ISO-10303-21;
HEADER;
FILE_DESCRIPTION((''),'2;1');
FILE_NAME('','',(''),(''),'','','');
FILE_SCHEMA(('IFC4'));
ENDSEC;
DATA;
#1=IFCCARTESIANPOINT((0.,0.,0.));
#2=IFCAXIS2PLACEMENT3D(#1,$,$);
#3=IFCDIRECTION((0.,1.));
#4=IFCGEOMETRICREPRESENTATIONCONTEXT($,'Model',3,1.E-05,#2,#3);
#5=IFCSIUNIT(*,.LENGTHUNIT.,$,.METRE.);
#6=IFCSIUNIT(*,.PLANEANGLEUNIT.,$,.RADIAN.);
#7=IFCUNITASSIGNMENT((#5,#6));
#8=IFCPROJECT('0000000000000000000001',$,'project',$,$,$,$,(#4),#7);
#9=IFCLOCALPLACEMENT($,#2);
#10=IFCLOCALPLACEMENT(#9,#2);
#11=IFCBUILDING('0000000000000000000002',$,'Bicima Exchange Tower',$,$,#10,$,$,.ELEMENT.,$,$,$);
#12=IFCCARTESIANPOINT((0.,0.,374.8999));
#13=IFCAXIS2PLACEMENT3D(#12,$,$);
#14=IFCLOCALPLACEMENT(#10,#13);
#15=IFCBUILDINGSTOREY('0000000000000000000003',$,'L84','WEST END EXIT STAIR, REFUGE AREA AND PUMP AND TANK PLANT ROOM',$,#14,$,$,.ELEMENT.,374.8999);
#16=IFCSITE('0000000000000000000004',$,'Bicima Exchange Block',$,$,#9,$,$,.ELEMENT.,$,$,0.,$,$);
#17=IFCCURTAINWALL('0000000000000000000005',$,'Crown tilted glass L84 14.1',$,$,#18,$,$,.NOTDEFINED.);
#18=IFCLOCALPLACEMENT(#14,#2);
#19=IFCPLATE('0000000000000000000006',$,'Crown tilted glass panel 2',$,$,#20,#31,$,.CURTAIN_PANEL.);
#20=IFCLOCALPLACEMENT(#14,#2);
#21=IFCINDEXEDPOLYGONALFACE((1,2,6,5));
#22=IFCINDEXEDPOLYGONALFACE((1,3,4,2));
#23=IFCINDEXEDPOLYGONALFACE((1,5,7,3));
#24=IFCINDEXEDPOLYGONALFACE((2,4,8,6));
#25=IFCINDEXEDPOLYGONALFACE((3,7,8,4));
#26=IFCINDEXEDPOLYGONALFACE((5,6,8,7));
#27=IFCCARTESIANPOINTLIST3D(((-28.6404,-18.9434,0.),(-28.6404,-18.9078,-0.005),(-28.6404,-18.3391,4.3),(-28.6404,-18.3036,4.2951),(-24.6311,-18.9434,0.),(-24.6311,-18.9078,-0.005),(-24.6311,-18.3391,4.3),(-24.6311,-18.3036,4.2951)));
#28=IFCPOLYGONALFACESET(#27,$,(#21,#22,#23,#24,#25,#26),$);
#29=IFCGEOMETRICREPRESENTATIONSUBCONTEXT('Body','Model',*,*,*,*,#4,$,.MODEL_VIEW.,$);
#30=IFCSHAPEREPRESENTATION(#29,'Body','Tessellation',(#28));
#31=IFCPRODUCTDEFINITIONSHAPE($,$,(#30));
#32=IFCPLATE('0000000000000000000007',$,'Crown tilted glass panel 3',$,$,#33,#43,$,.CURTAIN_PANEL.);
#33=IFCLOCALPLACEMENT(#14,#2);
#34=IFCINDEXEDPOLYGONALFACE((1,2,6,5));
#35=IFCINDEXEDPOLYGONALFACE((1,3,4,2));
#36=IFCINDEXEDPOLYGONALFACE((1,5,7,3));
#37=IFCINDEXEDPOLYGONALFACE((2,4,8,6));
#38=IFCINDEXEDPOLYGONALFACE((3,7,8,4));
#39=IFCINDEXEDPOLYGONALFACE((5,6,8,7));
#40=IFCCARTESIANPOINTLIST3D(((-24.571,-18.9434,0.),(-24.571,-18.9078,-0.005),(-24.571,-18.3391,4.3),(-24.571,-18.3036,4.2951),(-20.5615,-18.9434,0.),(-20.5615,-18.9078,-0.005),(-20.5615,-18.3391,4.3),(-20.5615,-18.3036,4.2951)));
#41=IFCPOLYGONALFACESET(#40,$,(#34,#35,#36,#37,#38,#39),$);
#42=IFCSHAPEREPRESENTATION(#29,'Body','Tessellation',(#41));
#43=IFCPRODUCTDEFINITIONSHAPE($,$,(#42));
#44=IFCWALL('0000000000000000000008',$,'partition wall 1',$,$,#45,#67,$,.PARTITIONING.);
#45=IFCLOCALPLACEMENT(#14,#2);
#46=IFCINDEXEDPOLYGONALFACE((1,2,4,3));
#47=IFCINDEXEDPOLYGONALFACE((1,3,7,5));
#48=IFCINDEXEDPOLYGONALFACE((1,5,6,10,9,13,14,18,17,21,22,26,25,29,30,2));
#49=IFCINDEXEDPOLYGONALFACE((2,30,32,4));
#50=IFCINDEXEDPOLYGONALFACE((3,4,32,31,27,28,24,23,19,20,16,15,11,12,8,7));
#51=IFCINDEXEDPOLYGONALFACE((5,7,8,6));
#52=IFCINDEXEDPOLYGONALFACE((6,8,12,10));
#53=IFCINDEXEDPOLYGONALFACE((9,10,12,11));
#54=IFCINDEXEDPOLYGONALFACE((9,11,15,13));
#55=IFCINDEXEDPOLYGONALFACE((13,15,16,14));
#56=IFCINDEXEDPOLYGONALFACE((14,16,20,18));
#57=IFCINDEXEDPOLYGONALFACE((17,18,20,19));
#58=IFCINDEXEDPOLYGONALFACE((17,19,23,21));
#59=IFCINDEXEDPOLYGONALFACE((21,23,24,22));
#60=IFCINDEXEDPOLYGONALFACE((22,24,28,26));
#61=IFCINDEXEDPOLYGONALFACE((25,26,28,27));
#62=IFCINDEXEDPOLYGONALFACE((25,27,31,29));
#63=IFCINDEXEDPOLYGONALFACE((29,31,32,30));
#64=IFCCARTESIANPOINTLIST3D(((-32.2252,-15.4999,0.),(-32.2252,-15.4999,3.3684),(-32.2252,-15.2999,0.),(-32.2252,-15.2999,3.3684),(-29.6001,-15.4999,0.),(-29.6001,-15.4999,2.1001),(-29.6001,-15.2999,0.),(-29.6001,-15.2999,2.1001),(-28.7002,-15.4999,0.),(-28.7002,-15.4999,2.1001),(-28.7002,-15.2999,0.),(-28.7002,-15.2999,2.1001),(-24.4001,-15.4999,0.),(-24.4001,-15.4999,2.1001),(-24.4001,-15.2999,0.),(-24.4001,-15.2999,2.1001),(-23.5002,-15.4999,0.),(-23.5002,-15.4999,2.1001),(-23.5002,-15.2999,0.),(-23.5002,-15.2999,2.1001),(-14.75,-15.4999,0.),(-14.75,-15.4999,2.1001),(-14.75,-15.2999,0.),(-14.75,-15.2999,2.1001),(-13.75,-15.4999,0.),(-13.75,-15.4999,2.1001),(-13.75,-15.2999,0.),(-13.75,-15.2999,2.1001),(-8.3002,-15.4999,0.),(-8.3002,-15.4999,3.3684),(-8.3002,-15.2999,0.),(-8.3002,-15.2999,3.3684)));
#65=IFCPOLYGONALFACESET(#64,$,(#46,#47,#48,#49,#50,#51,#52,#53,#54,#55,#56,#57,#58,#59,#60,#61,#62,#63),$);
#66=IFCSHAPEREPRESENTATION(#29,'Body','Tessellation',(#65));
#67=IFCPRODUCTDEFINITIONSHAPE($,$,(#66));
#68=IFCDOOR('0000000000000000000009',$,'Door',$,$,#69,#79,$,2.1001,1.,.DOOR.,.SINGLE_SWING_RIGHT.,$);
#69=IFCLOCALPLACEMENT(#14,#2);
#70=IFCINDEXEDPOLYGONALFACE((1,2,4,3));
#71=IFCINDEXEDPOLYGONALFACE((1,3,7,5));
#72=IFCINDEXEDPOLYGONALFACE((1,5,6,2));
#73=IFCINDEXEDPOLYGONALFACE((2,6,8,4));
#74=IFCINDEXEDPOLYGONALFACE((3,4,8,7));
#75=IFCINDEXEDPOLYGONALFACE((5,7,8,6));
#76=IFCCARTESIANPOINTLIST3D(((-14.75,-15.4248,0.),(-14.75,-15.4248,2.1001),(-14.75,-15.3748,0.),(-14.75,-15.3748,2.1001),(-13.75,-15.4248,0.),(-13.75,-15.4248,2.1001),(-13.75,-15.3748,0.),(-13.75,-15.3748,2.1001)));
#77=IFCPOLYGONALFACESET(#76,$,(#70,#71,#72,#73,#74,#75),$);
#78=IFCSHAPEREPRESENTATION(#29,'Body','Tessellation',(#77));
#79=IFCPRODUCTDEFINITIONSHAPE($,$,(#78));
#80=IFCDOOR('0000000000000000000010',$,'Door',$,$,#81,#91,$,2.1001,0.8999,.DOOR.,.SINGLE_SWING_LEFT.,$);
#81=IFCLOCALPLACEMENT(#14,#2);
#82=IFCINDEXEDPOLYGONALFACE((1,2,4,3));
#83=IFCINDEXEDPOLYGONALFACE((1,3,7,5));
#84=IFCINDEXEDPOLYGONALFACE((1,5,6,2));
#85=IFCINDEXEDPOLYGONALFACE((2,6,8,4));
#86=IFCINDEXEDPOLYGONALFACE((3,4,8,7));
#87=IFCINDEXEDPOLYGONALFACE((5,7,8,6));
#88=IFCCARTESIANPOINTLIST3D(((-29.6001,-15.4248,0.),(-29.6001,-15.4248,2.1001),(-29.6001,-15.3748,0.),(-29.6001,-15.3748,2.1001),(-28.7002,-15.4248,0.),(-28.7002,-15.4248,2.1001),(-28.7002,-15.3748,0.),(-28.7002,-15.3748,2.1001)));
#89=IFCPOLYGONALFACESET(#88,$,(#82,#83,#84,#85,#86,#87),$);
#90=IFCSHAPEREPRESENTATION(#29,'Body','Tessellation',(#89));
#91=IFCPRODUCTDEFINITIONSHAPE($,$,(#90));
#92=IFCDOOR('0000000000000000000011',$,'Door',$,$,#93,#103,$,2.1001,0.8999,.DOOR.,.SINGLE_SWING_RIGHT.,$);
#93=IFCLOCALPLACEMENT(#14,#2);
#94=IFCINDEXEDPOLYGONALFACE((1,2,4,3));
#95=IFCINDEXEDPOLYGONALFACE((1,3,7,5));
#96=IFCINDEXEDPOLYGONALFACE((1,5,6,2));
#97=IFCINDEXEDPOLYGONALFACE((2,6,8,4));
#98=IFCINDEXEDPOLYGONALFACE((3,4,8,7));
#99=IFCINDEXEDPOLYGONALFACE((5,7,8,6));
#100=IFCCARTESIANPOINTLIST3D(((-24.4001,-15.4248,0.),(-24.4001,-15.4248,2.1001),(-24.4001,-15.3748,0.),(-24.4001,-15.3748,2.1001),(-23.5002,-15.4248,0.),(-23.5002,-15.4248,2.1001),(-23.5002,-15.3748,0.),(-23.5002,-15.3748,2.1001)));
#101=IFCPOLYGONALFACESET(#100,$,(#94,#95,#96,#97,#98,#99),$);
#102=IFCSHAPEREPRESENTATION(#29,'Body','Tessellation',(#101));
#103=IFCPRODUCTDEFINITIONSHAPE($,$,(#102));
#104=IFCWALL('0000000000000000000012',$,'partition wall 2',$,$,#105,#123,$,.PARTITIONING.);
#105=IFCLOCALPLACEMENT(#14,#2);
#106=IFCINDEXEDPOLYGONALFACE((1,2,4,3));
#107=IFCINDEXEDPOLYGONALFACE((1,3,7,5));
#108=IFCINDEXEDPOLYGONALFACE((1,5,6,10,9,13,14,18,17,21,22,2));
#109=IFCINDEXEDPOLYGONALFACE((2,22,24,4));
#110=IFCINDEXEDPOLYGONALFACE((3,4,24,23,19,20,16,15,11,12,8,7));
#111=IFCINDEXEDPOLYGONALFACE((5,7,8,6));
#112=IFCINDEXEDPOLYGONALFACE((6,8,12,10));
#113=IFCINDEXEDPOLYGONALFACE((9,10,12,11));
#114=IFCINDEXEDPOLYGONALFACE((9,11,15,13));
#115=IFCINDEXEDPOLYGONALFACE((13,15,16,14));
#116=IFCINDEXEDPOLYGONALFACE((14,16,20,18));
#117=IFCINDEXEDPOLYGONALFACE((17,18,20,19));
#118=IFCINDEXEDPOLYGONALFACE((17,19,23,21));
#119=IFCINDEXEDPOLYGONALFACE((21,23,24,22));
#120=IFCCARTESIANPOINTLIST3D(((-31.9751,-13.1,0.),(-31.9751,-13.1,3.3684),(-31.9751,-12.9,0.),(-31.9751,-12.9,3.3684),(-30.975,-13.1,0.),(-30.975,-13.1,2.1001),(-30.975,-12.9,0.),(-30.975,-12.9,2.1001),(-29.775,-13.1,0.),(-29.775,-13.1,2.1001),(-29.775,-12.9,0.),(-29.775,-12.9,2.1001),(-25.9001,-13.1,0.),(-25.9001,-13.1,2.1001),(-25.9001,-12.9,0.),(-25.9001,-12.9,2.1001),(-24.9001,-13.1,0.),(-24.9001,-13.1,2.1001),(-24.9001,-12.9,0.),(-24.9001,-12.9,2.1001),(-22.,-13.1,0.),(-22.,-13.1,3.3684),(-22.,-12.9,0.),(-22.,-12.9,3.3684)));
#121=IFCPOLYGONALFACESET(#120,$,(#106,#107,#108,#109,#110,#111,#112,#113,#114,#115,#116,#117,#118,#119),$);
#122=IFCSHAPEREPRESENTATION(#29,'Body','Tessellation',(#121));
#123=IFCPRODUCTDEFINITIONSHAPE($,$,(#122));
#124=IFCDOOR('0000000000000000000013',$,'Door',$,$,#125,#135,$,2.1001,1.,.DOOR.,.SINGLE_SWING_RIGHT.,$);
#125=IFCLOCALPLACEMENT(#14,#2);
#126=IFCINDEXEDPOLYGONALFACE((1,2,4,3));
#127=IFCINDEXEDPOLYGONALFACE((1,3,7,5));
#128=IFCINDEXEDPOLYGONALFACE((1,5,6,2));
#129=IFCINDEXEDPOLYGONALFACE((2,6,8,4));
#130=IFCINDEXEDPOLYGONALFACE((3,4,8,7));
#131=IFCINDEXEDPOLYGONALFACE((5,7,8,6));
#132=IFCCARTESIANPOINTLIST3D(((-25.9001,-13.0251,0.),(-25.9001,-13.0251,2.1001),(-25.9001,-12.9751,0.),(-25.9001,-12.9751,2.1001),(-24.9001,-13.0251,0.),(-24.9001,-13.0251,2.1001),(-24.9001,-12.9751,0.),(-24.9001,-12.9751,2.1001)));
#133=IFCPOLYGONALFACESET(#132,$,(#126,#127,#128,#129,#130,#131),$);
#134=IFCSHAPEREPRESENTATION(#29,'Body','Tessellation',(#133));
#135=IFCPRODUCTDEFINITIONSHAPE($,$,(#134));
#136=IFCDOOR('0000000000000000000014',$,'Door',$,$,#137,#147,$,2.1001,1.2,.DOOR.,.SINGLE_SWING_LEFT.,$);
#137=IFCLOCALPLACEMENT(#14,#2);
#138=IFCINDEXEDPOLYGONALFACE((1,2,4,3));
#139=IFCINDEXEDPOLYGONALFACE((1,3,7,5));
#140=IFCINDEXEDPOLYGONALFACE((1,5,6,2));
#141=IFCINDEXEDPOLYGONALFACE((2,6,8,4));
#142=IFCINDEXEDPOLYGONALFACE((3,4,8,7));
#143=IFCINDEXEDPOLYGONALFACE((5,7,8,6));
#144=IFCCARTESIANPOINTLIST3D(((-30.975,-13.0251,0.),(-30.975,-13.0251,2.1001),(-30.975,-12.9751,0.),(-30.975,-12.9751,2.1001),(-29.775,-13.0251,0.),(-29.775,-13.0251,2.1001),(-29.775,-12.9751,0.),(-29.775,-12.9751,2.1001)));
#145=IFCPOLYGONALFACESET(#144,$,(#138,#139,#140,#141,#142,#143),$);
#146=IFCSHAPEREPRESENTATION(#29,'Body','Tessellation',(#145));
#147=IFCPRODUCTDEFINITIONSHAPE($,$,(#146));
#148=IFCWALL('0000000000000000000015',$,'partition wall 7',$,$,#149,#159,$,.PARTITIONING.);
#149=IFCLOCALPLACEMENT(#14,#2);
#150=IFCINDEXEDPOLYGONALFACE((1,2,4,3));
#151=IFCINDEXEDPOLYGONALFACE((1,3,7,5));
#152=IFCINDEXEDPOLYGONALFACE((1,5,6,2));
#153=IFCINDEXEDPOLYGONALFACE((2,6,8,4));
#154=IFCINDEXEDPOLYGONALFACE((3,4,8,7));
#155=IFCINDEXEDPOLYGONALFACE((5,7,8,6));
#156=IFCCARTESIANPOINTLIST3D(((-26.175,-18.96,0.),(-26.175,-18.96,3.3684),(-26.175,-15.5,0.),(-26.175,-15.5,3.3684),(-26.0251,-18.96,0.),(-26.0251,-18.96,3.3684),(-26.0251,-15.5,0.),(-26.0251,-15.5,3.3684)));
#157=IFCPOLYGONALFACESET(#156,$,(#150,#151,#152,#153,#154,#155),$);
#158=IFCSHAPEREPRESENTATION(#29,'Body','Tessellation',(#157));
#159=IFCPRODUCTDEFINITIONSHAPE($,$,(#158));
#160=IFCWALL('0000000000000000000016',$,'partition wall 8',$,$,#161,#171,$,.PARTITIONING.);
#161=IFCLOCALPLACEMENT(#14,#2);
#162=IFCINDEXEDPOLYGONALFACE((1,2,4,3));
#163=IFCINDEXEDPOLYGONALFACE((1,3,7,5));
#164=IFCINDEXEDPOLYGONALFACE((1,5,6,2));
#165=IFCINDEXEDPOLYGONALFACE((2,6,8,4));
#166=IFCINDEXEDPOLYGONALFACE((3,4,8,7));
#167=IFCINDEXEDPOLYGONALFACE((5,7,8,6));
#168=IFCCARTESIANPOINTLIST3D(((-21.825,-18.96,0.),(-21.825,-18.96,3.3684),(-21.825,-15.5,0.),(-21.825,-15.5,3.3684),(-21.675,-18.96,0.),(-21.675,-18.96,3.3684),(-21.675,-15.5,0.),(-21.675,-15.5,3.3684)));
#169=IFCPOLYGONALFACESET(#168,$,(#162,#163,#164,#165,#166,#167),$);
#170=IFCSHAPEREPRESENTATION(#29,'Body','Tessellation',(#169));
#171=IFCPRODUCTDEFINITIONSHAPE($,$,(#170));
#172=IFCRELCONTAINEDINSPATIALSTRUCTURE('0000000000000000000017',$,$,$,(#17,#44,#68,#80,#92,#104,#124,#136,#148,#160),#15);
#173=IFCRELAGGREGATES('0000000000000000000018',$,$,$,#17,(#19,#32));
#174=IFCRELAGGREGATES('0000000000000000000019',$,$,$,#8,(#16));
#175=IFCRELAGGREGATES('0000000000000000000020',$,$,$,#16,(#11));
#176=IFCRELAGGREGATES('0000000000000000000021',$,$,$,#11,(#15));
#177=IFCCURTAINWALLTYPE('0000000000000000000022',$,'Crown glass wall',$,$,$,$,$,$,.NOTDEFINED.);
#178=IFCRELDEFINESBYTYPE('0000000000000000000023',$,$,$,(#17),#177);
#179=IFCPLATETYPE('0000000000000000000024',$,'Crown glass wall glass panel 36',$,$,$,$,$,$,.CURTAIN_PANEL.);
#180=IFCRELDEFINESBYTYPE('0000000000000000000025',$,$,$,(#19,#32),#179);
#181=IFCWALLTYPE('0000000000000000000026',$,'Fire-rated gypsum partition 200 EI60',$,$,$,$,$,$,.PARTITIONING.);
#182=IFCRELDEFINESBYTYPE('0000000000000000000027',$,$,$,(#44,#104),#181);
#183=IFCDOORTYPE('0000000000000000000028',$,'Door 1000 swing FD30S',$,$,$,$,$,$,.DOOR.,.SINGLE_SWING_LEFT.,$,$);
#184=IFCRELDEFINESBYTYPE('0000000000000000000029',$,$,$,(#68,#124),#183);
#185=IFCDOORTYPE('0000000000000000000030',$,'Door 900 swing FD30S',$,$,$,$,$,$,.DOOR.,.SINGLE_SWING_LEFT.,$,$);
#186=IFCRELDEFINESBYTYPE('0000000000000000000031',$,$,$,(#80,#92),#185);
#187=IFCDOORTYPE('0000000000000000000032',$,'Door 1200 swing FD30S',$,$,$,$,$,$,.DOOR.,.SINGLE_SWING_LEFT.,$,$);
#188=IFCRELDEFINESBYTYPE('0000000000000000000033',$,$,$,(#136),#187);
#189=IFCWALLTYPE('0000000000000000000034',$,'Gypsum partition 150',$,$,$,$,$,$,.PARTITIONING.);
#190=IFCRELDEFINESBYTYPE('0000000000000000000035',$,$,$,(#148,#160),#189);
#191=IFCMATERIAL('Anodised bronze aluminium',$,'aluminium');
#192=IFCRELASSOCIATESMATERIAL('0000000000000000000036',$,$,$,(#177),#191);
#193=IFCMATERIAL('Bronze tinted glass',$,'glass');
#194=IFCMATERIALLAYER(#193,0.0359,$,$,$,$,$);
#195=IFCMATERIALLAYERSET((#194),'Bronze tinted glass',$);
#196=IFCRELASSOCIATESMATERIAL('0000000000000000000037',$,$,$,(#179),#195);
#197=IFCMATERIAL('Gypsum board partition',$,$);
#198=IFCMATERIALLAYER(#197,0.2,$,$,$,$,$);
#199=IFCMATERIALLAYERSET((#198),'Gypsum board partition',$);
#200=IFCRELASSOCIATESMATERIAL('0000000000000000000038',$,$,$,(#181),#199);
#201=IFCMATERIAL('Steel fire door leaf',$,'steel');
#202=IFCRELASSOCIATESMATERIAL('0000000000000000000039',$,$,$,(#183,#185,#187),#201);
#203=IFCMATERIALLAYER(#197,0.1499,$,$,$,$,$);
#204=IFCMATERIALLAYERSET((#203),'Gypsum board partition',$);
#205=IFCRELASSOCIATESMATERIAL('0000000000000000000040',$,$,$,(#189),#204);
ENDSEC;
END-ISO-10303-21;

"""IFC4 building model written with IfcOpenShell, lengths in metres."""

from ifc_helpers import new_model, si_unit, direction, frame, frame_2d, origin, place, context, subcontext, project, spatial, polyline, rectangle, outline, extrude, material, layer, layer_set, type_object, element, fill, aggregate, save


model = new_model("IFC4")

# Units and contexts
model_context = context("Model", 3, precision=1e-05, world=origin(), true_north=direction((0.0, 1.0)))
body_context = subcontext(model_context, "Body", "Model", "MODEL_VIEW")
ifc_project = project(units=[si_unit("LENGTHUNIT", "METRE"), si_unit("PLANEANGLEUNIT", "RADIAN")], contexts=[model_context])

# Site, building, storey
site_placement = place(None, origin())
site = spatial("IfcSite", under=ifc_project, at=site_placement, Name="Bicima Exchange Block", CompositionType="ELEMENT", RefElevation=0.0)
building_placement = place(site_placement, origin())
building = spatial("IfcBuilding", under=site, at=building_placement, Name="Bicima Exchange Tower", CompositionType="ELEMENT")
storey_placement = place(building_placement, frame((0.0, 0.0, 374.8999)))
storey = spatial("IfcBuildingStorey", under=building, at=storey_placement, Name="L84", Description="WEST END EXIT STAIR, REFUGE AREA AND PUMP AND TANK PLANT ROOM", CompositionType="ELEMENT", Elevation=374.8999)

# Curtain wall
ifc_material_1 = material(Name="Anodised bronze aluminium", Category="aluminium")
curtain_wall_type = type_object("IfcCurtainWallType", Name="Crown glass wall", PredefinedType="NOTDEFINED", material=ifc_material_1)
curtain_wall_placement = place(storey_placement, origin())
curtain_wall = element("IfcCurtainWall", 1, at=curtain_wall_placement, inside=storey, type_object=curtain_wall_type, Name="Crown tilted glass L84 14.1", PredefinedType="NOTDEFINED")

# Plates
ifc_material_2 = material(Name="Bronze tinted glass", Category="glass")
ifc_layer_1 = layer(ifc_material_2, 0.0359)
ifc_layer_set_1 = layer_set([ifc_layer_1], Name="Bronze tinted glass")
plate_type = type_object("IfcPlateType", Name="Crown glass wall glass panel 36", PredefinedType="CURTAIN_PANEL", material=ifc_layer_set_1)
plate_1_placement = place(storey_placement, frame((-28.6404, -18.9434, 0.0), z_axis=(0.0, -0.990271, 0.139154), x_axis=(1.0, 0.0, 0.0)))
plate_1 = element("IfcPlate", 2, at=plate_1_placement, type_object=plate_type, Name="Crown tilted glass panel 2", PredefinedType="CURTAIN_PANEL", context=body_context, shape_type="SweptSolid", body=[
    extrude(outline(polyline([(0.0, 0.0), (4.0093, 0.0), (4.0093, 4.3423), (0.0, 4.3423), (0.0, 0.0)])), origin(), (0.0, 0.0, -1.0), 0.0359),
])
plate_2_placement = place(storey_placement, frame((-24.571, -18.9434, 0.0), z_axis=(0.0, -0.990271, 0.139154), x_axis=(1.0, 0.0, 0.0)))
plate_2 = element("IfcPlate", 3, at=plate_2_placement, type_object=plate_type, Name="Crown tilted glass panel 3", PredefinedType="CURTAIN_PANEL", context=body_context, shape_type="SweptSolid", body=[
    extrude(outline(polyline([(0.0, 0.0), (4.0095, 0.0), (4.0095, 4.3423), (0.0, 4.3423), (0.0, 0.0)])), origin(), (0.0, 0.0, -1.0), 0.0359),
])
aggregate(curtain_wall, [plate_1, plate_2])

# Walls, openings, doors
ifc_material_3 = material(Name="Gypsum board partition")
ifc_layer_2 = layer(ifc_material_3, 0.2)
ifc_layer_set_2 = layer_set([ifc_layer_2], Name="Gypsum board partition")
wall_type_1 = type_object("IfcWallType", Name="Fire-rated gypsum partition 200 EI60", PredefinedType="PARTITIONING", material=ifc_layer_set_2)
wall_1_placement = place(storey_placement, frame((-32.2251, -15.3999, 0.0), z_axis=(0.0, 0.0, 1.0), x_axis=(1.0, 0.0, 0.0)))
wall_1 = element("IfcWall", 4, at=wall_1_placement, inside=storey, type_object=wall_type_1, Name="partition wall 1", PredefinedType="PARTITIONING", context=body_context, shape_type="SweptSolid", body=[
    extrude(rectangle(XDim=23.925, YDim=0.2, at=frame_2d((11.9624, 0.0))), origin(), (0.0, 0.0, 1.0), 3.3684),
])
opening_1_placement = place(wall_1_placement, frame((2.625, 0.0, 0.0)))
opening_1 = element("IfcOpeningElement", 5, at=opening_1_placement, cuts=wall_1, PredefinedType="OPENING", context=body_context, shape_type="SweptSolid", body=[
    extrude(rectangle(XDim=0.8999, YDim=2.1001, at=frame_2d((0.45, 1.05))), frame((0.0, 0.1118, 0.0), z_axis=(0.0, -1.0, 0.0), x_axis=(1.0, 0.0, 0.0)), (0.0, 0.0, 1.0), 0.2239),
])
opening_2_placement = place(wall_1_placement, frame((7.825, 0.0, 0.0)))
opening_2 = element("IfcOpeningElement", 6, at=opening_2_placement, cuts=wall_1, PredefinedType="OPENING", context=body_context, shape_type="SweptSolid", body=[
    extrude(rectangle(XDim=0.8999, YDim=2.1001, at=frame_2d((0.45, 1.05))), frame((0.0, 0.1118, 0.0), z_axis=(0.0, -1.0, 0.0), x_axis=(1.0, 0.0, 0.0)), (0.0, 0.0, 1.0), 0.2239),
])
opening_3_placement = place(wall_1_placement, frame((17.4751, 0.0, 0.0)))
opening_3 = element("IfcOpeningElement", 7, at=opening_3_placement, cuts=wall_1, PredefinedType="OPENING", context=body_context, shape_type="SweptSolid", body=[
    extrude(rectangle(XDim=1.0, YDim=2.1001, at=frame_2d((0.5, 1.05))), frame((0.0, 0.1118, 0.0), z_axis=(0.0, -1.0, 0.0), x_axis=(1.0, 0.0, 0.0)), (0.0, 0.0, 1.0), 0.2239),
])
ifc_material_4 = material(Name="Steel fire door leaf", Category="steel")
door_type_1 = type_object("IfcDoorType", Name="Door 1000 swing FD30S", OperationType="SINGLE_SWING_LEFT", PredefinedType="DOOR", material=ifc_material_4)
door_1_placement = place(opening_3_placement, frame((1.0, 0.0, 0.0), z_axis=(0.0, 0.0, 1.0), x_axis=(-1.0, 0.0, 0.0)))
door_1 = element("IfcDoor", 8, at=door_1_placement, inside=storey, type_object=door_type_1, Name="Door", OperationType="SINGLE_SWING_RIGHT", OverallHeight=2.1001, OverallWidth=1.0, PredefinedType="DOOR", context=body_context, shape_type="SweptSolid", body=[
    extrude(rectangle(XDim=1.0, YDim=2.1001, at=frame_2d((0.5, 1.05))), frame((0.0, 0.0249, 0.0), z_axis=(0.0, -1.0, 0.0), x_axis=(1.0, 0.0, 0.0)), (0.0, 0.0, 1.0), 0.05),
])
fill(opening_3, door_1)
door_type_2 = type_object("IfcDoorType", Name="Door 900 swing FD30S", OperationType="SINGLE_SWING_LEFT", PredefinedType="DOOR", material=ifc_material_4)
door_2_placement = place(opening_1_placement, frame((0.8999, 0.0, 0.0), z_axis=(0.0, 0.0, 1.0), x_axis=(-1.0, 0.0, 0.0)))
door_2 = element("IfcDoor", 9, at=door_2_placement, inside=storey, type_object=door_type_2, Name="Door", OperationType="SINGLE_SWING_LEFT", OverallHeight=2.1001, OverallWidth=0.8999, PredefinedType="DOOR", context=body_context, shape_type="SweptSolid", body=[
    extrude(rectangle(XDim=0.8999, YDim=2.1001, at=frame_2d((0.45, 1.05))), frame((0.0, 0.0249, 0.0), z_axis=(0.0, -1.0, 0.0), x_axis=(1.0, 0.0, 0.0)), (0.0, 0.0, 1.0), 0.05),
])
fill(opening_1, door_2)
door_3_placement = place(opening_2_placement, frame((0.8999, 0.0, 0.0), z_axis=(0.0, 0.0, 1.0), x_axis=(-1.0, 0.0, 0.0)))
door_3 = element("IfcDoor", 10, at=door_3_placement, inside=storey, type_object=door_type_2, Name="Door", OperationType="SINGLE_SWING_RIGHT", OverallHeight=2.1001, OverallWidth=0.8999, PredefinedType="DOOR", context=body_context, shape_type="SweptSolid", body=[
    extrude(rectangle(XDim=0.8999, YDim=2.1001, at=frame_2d((0.45, 1.05))), frame((0.0, 0.0249, 0.0), z_axis=(0.0, -1.0, 0.0), x_axis=(1.0, 0.0, 0.0)), (0.0, 0.0, 1.0), 0.05),
])
fill(opening_2, door_3)
wall_2_placement = place(storey_placement, frame((-31.9751, -13.0, 0.0), z_axis=(0.0, 0.0, 1.0), x_axis=(1.0, 0.0, 0.0)))
wall_2 = element("IfcWall", 11, at=wall_2_placement, inside=storey, type_object=wall_type_1, Name="partition wall 2", PredefinedType="PARTITIONING", context=body_context, shape_type="SweptSolid", body=[
    extrude(rectangle(XDim=9.9751, YDim=0.2, at=frame_2d((4.9875, 0.0))), origin(), (0.0, 0.0, 1.0), 3.3684),
])
opening_4_placement = place(wall_2_placement, frame((1.0, 0.0, 0.0)))
opening_4 = element("IfcOpeningElement", 12, at=opening_4_placement, cuts=wall_2, PredefinedType="OPENING", context=body_context, shape_type="SweptSolid", body=[
    extrude(rectangle(XDim=1.2, YDim=2.1001, at=frame_2d((0.6001, 1.05))), frame((0.0, 0.1118, 0.0), z_axis=(0.0, -1.0, 0.0), x_axis=(1.0, 0.0, 0.0)), (0.0, 0.0, 1.0), 0.2239),
])
opening_5_placement = place(wall_2_placement, frame((6.075, 0.0, 0.0)))
opening_5 = element("IfcOpeningElement", 13, at=opening_5_placement, cuts=wall_2, PredefinedType="OPENING", context=body_context, shape_type="SweptSolid", body=[
    extrude(rectangle(XDim=1.0, YDim=2.1001, at=frame_2d((0.5, 1.05))), frame((0.0, 0.1118, 0.0), z_axis=(0.0, -1.0, 0.0), x_axis=(1.0, 0.0, 0.0)), (0.0, 0.0, 1.0), 0.2239),
])
door_4_placement = place(opening_5_placement, origin())
door_4 = element("IfcDoor", 14, at=door_4_placement, inside=storey, type_object=door_type_1, Name="Door", OperationType="SINGLE_SWING_RIGHT", OverallHeight=2.1001, OverallWidth=1.0, PredefinedType="DOOR", context=body_context, shape_type="SweptSolid", body=[
    extrude(rectangle(XDim=1.0, YDim=2.1001, at=frame_2d((0.5, 1.05))), frame((0.0, 0.0249, 0.0), z_axis=(0.0, -1.0, 0.0), x_axis=(1.0, 0.0, 0.0)), (0.0, 0.0, 1.0), 0.05),
])
fill(opening_5, door_4)
door_type_3 = type_object("IfcDoorType", Name="Door 1200 swing FD30S", OperationType="SINGLE_SWING_LEFT", PredefinedType="DOOR", material=ifc_material_4)
door_5_placement = place(opening_4_placement, origin())
door_5 = element("IfcDoor", 15, at=door_5_placement, inside=storey, type_object=door_type_3, Name="Door", OperationType="SINGLE_SWING_LEFT", OverallHeight=2.1001, OverallWidth=1.2, PredefinedType="DOOR", context=body_context, shape_type="SweptSolid", body=[
    extrude(rectangle(XDim=1.2, YDim=2.1001, at=frame_2d((0.6001, 1.05))), frame((0.0, 0.0249, 0.0), z_axis=(0.0, -1.0, 0.0), x_axis=(1.0, 0.0, 0.0)), (0.0, 0.0, 1.0), 0.05),
])
fill(opening_4, door_5)

# Walls
ifc_layer_3 = layer(ifc_material_3, 0.1499)
ifc_layer_set_3 = layer_set([ifc_layer_3], Name="Gypsum board partition")
wall_type_2 = type_object("IfcWallType", Name="Gypsum partition 150", PredefinedType="PARTITIONING", material=ifc_layer_set_3)
for number, where, z_axis, x_axis, name in (
    (16, (-26.1001, -18.96, 0.0), (0.0, 0.0, 1.0), (0.0, 1.0, 0.0), "partition wall 7"),
    (17, (-21.75, -18.96, 0.0), (0.0, 0.0, 1.0), (0.0, 1.0, 0.0), "partition wall 8"),
):
    element("IfcWall", number, at=place(storey_placement, frame(where, z_axis=z_axis, x_axis=x_axis)), inside=storey, type_object=wall_type_2, Name=name, PredefinedType="PARTITIONING", context=body_context, shape_type="SweptSolid", body=[
        extrude(rectangle(XDim=3.46, YDim=0.1499, at=frame_2d((1.73, 0.0))), origin(), (0.0, 0.0, 1.0), 3.3684),
    ])

save(model, "model.ifc")
